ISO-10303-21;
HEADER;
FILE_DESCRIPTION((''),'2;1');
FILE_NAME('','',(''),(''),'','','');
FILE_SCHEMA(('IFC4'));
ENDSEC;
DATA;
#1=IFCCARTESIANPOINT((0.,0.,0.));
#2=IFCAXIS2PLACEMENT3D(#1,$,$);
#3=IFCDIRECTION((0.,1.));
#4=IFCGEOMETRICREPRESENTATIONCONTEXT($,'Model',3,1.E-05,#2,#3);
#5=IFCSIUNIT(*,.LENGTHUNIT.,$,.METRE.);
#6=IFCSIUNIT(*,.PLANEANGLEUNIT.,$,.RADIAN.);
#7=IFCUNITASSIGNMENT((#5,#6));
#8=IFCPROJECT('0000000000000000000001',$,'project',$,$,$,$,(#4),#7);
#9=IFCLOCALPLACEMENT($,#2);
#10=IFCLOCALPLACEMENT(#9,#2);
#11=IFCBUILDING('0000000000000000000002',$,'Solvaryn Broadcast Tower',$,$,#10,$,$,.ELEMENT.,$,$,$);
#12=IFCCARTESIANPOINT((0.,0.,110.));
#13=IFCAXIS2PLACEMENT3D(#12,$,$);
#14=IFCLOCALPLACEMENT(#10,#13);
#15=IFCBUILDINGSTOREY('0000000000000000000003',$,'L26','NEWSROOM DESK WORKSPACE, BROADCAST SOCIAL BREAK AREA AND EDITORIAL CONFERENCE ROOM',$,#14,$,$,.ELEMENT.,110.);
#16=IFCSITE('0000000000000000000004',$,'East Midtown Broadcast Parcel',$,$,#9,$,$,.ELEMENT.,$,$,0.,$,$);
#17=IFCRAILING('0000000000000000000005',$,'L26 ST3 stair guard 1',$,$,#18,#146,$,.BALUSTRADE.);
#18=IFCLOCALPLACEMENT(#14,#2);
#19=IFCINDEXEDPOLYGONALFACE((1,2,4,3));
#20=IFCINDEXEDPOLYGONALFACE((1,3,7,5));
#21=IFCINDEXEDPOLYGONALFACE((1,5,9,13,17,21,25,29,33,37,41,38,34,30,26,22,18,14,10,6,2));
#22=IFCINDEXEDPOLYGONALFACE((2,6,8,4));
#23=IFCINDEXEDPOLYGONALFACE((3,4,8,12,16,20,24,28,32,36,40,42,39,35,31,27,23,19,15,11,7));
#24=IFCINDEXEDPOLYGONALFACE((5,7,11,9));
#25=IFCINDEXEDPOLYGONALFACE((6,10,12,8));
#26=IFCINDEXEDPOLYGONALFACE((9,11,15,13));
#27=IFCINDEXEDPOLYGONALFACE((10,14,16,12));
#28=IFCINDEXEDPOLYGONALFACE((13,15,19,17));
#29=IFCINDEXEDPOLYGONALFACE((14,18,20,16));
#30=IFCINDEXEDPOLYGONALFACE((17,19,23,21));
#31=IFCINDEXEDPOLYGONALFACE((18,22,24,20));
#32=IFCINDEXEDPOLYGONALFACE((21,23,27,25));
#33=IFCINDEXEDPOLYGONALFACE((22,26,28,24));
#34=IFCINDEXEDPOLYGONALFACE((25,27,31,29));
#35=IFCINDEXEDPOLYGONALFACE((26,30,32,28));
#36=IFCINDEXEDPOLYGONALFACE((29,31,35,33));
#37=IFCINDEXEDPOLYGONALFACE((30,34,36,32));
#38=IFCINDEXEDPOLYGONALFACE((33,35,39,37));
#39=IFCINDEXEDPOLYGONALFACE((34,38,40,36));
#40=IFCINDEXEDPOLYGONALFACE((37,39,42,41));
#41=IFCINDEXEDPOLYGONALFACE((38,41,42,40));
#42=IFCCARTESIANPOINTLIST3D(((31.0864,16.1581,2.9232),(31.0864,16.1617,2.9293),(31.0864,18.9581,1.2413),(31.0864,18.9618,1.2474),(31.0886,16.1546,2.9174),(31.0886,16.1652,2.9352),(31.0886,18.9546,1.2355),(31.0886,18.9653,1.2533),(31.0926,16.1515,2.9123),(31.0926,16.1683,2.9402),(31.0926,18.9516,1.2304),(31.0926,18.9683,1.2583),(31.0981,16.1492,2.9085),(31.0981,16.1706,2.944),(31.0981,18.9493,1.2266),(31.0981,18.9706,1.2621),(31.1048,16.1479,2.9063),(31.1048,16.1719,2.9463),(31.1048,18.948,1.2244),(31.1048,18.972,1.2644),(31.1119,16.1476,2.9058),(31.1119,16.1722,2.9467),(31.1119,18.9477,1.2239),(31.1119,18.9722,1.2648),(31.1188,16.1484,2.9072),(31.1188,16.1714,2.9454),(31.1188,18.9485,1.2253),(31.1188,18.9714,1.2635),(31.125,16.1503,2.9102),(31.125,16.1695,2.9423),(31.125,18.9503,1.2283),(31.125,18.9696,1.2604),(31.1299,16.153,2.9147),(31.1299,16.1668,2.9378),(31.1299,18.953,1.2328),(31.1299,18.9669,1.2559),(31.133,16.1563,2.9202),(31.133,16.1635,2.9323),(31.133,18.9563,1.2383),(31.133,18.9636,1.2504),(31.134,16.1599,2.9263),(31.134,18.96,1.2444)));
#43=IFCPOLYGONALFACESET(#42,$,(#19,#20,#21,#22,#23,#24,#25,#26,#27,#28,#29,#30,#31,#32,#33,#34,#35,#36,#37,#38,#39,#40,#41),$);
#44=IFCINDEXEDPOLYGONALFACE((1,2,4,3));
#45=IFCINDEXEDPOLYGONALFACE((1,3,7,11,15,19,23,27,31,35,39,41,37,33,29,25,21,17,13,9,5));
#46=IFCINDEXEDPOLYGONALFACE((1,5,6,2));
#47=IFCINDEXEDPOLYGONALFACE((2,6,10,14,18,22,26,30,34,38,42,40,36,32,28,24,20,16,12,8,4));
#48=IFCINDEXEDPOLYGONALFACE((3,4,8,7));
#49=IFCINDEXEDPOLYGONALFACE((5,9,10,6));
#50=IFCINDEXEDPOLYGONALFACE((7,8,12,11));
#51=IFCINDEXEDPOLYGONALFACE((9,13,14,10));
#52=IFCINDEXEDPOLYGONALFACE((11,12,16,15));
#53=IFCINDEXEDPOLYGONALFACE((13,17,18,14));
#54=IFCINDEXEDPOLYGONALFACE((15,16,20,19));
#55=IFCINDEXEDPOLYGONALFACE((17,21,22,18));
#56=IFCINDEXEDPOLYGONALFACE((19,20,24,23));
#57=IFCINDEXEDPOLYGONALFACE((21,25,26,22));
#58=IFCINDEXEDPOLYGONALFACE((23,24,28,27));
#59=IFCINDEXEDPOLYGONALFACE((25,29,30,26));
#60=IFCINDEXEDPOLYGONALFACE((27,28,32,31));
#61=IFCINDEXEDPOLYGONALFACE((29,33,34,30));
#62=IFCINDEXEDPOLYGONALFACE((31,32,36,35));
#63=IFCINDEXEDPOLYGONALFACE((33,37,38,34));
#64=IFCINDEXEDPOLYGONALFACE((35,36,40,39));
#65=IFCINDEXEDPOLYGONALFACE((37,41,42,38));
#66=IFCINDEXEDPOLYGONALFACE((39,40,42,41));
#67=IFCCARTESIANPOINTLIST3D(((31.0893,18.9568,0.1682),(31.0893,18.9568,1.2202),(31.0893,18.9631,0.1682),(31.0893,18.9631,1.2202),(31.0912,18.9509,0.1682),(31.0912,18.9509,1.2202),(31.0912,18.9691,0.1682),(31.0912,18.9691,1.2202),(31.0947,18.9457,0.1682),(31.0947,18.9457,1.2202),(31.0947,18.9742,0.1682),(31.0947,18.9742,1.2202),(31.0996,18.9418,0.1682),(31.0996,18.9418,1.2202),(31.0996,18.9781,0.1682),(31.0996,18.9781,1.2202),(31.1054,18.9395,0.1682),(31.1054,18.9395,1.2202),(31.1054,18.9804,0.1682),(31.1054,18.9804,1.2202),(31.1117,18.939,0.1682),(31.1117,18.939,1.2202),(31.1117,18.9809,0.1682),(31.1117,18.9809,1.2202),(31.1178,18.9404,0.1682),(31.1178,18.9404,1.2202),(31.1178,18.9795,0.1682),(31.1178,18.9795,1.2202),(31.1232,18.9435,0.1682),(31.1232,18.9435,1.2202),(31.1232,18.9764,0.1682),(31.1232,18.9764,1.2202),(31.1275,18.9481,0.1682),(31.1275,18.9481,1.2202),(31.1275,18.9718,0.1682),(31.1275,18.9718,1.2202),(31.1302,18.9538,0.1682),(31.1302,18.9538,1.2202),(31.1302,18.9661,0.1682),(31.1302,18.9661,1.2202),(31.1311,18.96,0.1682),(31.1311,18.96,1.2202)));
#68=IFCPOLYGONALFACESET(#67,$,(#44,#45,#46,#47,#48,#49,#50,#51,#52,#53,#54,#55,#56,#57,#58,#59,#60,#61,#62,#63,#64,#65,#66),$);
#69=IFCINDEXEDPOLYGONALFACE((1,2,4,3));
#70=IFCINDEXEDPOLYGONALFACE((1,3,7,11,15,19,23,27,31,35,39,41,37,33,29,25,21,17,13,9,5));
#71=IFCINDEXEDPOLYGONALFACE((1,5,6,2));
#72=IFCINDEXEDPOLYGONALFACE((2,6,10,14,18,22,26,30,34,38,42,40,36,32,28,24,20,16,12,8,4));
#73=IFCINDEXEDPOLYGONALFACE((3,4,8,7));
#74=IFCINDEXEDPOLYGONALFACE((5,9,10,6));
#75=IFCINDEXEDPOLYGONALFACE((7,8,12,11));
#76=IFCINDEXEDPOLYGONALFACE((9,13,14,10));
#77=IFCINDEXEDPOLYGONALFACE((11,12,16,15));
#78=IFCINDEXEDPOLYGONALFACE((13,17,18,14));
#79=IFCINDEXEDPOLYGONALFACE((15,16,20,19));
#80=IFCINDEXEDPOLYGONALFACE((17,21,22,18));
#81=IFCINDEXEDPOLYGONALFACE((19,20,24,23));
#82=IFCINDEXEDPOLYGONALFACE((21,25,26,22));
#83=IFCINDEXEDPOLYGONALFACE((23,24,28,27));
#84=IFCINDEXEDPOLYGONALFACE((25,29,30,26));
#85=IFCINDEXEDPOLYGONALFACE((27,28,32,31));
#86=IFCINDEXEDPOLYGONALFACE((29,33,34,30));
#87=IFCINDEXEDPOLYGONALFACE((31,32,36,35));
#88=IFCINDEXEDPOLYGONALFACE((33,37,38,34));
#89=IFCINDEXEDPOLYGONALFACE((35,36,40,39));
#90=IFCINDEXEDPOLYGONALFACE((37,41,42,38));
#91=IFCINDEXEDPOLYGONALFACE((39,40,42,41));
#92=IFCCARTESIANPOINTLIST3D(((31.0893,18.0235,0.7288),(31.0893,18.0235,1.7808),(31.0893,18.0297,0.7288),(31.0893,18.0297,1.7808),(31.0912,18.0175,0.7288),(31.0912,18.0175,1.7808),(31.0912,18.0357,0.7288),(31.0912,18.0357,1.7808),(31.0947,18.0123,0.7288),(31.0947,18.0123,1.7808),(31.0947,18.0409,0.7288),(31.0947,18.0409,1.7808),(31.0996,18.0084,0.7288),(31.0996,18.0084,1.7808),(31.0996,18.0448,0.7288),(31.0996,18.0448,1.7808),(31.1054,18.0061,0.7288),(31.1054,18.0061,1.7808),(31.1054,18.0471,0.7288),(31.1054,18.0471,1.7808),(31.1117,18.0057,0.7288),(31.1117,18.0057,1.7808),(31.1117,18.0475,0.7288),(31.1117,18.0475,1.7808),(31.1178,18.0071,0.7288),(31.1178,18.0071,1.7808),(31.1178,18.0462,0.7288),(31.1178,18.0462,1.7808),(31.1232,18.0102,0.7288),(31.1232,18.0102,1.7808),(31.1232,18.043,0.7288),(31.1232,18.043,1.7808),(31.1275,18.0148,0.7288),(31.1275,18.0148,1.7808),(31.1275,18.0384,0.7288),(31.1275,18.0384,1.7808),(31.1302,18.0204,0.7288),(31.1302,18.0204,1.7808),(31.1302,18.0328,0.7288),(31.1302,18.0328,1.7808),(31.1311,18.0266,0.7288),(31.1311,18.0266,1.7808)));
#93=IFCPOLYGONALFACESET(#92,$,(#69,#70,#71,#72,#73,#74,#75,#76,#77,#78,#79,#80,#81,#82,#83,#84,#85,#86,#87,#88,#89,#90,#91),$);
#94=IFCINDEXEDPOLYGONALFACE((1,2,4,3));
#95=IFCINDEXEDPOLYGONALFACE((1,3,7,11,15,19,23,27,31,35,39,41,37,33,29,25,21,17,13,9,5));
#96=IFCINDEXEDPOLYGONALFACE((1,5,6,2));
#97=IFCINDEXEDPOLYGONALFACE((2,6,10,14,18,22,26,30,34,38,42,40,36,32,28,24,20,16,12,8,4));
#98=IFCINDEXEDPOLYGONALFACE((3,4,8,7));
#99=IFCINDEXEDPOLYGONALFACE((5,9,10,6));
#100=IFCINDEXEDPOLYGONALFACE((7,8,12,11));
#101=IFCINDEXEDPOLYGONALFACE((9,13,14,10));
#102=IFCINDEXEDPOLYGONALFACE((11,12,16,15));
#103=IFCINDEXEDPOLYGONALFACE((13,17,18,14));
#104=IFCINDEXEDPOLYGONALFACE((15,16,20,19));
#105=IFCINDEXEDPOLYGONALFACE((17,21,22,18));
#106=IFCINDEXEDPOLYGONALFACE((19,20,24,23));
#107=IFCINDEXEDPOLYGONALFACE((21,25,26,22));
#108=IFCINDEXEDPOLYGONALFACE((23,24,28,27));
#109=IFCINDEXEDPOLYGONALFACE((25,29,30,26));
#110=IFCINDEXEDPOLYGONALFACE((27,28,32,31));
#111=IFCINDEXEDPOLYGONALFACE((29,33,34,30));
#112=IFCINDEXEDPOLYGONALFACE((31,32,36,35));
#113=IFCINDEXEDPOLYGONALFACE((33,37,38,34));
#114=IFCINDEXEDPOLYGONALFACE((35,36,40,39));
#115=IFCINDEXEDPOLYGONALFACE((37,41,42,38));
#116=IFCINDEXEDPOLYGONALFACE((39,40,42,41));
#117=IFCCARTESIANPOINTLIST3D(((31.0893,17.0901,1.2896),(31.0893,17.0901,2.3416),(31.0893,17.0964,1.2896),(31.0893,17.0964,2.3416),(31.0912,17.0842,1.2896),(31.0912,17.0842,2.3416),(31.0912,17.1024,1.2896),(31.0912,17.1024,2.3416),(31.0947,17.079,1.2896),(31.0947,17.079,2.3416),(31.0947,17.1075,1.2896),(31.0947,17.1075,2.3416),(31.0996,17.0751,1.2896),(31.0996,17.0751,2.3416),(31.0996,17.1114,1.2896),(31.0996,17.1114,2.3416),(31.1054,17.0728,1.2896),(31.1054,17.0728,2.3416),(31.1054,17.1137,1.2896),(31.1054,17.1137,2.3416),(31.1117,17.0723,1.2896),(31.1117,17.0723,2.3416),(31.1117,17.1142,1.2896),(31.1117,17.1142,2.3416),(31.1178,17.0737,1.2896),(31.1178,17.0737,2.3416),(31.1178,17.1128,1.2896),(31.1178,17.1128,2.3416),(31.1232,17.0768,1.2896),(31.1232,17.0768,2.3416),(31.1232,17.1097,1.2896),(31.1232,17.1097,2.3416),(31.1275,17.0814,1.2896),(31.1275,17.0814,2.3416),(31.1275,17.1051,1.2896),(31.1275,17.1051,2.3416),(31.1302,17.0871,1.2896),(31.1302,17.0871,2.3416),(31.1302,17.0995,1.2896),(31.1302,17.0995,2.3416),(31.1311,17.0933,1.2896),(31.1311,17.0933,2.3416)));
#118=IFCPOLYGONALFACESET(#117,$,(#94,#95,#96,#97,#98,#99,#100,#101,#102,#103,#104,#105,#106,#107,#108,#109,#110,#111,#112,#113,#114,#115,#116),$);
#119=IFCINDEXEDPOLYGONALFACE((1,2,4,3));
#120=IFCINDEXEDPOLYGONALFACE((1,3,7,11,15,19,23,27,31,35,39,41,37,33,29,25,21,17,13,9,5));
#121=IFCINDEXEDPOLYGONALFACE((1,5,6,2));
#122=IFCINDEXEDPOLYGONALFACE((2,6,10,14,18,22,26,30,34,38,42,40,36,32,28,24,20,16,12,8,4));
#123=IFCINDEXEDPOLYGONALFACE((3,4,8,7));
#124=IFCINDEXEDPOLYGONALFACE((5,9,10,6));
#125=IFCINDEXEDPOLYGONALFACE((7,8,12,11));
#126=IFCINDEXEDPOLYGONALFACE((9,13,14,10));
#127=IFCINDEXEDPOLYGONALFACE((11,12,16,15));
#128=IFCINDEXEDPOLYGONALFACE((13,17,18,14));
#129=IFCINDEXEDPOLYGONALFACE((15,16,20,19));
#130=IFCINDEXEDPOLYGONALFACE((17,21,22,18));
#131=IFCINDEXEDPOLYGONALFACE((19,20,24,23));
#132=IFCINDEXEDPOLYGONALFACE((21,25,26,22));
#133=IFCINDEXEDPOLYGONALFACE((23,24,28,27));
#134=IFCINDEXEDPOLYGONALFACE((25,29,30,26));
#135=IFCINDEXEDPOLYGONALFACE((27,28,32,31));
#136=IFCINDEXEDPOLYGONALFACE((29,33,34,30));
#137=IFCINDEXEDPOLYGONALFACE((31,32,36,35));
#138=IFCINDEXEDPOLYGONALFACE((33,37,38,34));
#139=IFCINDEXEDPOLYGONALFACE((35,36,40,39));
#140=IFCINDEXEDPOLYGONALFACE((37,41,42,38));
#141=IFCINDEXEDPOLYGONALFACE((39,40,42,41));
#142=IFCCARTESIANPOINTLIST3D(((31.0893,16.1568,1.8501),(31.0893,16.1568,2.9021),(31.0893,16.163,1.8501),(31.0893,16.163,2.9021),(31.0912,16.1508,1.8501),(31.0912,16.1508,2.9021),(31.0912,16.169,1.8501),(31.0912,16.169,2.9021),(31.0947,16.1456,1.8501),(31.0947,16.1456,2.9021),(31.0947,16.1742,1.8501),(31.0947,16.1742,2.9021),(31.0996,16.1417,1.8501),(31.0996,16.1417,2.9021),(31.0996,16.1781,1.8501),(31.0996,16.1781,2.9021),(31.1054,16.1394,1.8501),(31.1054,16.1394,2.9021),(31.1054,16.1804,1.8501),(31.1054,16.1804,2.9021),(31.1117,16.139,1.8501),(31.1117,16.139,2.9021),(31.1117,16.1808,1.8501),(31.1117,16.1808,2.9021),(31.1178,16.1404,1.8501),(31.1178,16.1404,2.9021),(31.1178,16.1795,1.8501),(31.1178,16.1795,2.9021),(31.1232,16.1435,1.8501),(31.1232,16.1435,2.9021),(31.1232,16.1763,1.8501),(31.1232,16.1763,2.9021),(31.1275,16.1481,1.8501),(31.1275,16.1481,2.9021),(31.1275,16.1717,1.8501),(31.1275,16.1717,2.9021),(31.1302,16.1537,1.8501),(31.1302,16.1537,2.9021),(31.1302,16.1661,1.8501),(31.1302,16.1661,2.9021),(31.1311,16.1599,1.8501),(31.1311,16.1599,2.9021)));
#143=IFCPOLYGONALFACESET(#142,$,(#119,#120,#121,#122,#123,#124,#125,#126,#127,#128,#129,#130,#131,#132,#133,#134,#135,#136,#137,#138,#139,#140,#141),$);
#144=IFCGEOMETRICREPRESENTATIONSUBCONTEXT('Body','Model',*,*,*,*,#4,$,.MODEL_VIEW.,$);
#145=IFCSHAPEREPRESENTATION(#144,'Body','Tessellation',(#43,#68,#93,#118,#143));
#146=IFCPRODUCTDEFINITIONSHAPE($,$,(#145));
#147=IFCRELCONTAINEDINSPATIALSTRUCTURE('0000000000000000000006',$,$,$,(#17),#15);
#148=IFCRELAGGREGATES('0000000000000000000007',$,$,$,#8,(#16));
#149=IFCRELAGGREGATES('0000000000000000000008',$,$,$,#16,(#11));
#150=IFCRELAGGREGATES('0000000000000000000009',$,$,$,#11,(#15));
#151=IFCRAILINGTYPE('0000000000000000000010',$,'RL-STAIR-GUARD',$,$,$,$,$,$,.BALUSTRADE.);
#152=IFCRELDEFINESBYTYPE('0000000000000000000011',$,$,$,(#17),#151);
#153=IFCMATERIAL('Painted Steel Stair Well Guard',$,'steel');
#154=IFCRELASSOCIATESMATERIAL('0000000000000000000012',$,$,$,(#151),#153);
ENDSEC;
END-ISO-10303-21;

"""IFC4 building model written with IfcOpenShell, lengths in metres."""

from ifc_helpers import new_model, si_unit, direction, frame, origin, origin_2d, place, context, subcontext, project, spatial, circle, extrude, material, type_object, element, save


model = new_model("IFC4")

# Units and contexts
model_context = context("Model", 3, precision=1e-05, world=origin(), true_north=direction((0.0, 1.0)))
body_context = subcontext(model_context, "Body", "Model", "MODEL_VIEW")
ifc_project = project(units=[si_unit("LENGTHUNIT", "METRE"), si_unit("PLANEANGLEUNIT", "RADIAN")], contexts=[model_context])

# Site, building, storey
site_placement = place(None, origin())
site = spatial("IfcSite", under=ifc_project, at=site_placement, Name="East Midtown Broadcast Parcel", CompositionType="ELEMENT", RefElevation=0.0)
building_placement = place(site_placement, origin())
building = spatial("IfcBuilding", under=site, at=building_placement, Name="Solvaryn Broadcast Tower", CompositionType="ELEMENT")
storey_placement = place(building_placement, frame((0.0, 0.0, 110.0)))
storey = spatial("IfcBuildingStorey", under=building, at=storey_placement, Name="L26", Description="NEWSROOM DESK WORKSPACE, BROADCAST SOCIAL BREAK AREA AND EDITORIAL CONFERENCE ROOM", CompositionType="ELEMENT", Elevation=110.0)

# Railing
ifc_material_1 = material(Name="Painted Steel Stair Well Guard", Category="steel")
railing_type_1 = type_object("IfcRailingType", Name="RL-STAIR-GUARD", PredefinedType="BALUSTRADE", material=ifc_material_1)
railing_1_placement = place(storey_placement, frame((31.1101, 18.96, 0.1682)))
element("IfcRailing", 1, at=railing_1_placement, inside=storey, type_object=railing_type_1, Name="L26 ST3 stair guard 1", PredefinedType="BALUSTRADE", context=body_context, shape_type="SweptSolid", body=[
    extrude(circle(Radius=0.0239, at=origin_2d()), frame((0.0, 0.0, 1.0762), z_axis=(0.0, -0.857242, 0.514913), x_axis=(1.0, 0.0, 0.0)), (0.0, 0.0, 1.0), 3.2664),
    extrude(circle(Radius=0.021, at=origin_2d()), origin(), (0.0, 0.0, 1.0), 1.052),
    extrude(circle(Radius=0.021, at=origin_2d()), frame((0.0, -0.9333, 0.5605)), (0.0, 0.0, 1.0), 1.052),
    extrude(circle(Radius=0.021, at=origin_2d()), frame((0.0, -1.8667, 1.1213)), (0.0, 0.0, 1.0), 1.052),
    extrude(circle(Radius=0.021, at=origin_2d()), frame((0.0, -2.8, 1.6819)), (0.0, 0.0, 1.0), 1.052),
])

save(model, "model.ifc")
